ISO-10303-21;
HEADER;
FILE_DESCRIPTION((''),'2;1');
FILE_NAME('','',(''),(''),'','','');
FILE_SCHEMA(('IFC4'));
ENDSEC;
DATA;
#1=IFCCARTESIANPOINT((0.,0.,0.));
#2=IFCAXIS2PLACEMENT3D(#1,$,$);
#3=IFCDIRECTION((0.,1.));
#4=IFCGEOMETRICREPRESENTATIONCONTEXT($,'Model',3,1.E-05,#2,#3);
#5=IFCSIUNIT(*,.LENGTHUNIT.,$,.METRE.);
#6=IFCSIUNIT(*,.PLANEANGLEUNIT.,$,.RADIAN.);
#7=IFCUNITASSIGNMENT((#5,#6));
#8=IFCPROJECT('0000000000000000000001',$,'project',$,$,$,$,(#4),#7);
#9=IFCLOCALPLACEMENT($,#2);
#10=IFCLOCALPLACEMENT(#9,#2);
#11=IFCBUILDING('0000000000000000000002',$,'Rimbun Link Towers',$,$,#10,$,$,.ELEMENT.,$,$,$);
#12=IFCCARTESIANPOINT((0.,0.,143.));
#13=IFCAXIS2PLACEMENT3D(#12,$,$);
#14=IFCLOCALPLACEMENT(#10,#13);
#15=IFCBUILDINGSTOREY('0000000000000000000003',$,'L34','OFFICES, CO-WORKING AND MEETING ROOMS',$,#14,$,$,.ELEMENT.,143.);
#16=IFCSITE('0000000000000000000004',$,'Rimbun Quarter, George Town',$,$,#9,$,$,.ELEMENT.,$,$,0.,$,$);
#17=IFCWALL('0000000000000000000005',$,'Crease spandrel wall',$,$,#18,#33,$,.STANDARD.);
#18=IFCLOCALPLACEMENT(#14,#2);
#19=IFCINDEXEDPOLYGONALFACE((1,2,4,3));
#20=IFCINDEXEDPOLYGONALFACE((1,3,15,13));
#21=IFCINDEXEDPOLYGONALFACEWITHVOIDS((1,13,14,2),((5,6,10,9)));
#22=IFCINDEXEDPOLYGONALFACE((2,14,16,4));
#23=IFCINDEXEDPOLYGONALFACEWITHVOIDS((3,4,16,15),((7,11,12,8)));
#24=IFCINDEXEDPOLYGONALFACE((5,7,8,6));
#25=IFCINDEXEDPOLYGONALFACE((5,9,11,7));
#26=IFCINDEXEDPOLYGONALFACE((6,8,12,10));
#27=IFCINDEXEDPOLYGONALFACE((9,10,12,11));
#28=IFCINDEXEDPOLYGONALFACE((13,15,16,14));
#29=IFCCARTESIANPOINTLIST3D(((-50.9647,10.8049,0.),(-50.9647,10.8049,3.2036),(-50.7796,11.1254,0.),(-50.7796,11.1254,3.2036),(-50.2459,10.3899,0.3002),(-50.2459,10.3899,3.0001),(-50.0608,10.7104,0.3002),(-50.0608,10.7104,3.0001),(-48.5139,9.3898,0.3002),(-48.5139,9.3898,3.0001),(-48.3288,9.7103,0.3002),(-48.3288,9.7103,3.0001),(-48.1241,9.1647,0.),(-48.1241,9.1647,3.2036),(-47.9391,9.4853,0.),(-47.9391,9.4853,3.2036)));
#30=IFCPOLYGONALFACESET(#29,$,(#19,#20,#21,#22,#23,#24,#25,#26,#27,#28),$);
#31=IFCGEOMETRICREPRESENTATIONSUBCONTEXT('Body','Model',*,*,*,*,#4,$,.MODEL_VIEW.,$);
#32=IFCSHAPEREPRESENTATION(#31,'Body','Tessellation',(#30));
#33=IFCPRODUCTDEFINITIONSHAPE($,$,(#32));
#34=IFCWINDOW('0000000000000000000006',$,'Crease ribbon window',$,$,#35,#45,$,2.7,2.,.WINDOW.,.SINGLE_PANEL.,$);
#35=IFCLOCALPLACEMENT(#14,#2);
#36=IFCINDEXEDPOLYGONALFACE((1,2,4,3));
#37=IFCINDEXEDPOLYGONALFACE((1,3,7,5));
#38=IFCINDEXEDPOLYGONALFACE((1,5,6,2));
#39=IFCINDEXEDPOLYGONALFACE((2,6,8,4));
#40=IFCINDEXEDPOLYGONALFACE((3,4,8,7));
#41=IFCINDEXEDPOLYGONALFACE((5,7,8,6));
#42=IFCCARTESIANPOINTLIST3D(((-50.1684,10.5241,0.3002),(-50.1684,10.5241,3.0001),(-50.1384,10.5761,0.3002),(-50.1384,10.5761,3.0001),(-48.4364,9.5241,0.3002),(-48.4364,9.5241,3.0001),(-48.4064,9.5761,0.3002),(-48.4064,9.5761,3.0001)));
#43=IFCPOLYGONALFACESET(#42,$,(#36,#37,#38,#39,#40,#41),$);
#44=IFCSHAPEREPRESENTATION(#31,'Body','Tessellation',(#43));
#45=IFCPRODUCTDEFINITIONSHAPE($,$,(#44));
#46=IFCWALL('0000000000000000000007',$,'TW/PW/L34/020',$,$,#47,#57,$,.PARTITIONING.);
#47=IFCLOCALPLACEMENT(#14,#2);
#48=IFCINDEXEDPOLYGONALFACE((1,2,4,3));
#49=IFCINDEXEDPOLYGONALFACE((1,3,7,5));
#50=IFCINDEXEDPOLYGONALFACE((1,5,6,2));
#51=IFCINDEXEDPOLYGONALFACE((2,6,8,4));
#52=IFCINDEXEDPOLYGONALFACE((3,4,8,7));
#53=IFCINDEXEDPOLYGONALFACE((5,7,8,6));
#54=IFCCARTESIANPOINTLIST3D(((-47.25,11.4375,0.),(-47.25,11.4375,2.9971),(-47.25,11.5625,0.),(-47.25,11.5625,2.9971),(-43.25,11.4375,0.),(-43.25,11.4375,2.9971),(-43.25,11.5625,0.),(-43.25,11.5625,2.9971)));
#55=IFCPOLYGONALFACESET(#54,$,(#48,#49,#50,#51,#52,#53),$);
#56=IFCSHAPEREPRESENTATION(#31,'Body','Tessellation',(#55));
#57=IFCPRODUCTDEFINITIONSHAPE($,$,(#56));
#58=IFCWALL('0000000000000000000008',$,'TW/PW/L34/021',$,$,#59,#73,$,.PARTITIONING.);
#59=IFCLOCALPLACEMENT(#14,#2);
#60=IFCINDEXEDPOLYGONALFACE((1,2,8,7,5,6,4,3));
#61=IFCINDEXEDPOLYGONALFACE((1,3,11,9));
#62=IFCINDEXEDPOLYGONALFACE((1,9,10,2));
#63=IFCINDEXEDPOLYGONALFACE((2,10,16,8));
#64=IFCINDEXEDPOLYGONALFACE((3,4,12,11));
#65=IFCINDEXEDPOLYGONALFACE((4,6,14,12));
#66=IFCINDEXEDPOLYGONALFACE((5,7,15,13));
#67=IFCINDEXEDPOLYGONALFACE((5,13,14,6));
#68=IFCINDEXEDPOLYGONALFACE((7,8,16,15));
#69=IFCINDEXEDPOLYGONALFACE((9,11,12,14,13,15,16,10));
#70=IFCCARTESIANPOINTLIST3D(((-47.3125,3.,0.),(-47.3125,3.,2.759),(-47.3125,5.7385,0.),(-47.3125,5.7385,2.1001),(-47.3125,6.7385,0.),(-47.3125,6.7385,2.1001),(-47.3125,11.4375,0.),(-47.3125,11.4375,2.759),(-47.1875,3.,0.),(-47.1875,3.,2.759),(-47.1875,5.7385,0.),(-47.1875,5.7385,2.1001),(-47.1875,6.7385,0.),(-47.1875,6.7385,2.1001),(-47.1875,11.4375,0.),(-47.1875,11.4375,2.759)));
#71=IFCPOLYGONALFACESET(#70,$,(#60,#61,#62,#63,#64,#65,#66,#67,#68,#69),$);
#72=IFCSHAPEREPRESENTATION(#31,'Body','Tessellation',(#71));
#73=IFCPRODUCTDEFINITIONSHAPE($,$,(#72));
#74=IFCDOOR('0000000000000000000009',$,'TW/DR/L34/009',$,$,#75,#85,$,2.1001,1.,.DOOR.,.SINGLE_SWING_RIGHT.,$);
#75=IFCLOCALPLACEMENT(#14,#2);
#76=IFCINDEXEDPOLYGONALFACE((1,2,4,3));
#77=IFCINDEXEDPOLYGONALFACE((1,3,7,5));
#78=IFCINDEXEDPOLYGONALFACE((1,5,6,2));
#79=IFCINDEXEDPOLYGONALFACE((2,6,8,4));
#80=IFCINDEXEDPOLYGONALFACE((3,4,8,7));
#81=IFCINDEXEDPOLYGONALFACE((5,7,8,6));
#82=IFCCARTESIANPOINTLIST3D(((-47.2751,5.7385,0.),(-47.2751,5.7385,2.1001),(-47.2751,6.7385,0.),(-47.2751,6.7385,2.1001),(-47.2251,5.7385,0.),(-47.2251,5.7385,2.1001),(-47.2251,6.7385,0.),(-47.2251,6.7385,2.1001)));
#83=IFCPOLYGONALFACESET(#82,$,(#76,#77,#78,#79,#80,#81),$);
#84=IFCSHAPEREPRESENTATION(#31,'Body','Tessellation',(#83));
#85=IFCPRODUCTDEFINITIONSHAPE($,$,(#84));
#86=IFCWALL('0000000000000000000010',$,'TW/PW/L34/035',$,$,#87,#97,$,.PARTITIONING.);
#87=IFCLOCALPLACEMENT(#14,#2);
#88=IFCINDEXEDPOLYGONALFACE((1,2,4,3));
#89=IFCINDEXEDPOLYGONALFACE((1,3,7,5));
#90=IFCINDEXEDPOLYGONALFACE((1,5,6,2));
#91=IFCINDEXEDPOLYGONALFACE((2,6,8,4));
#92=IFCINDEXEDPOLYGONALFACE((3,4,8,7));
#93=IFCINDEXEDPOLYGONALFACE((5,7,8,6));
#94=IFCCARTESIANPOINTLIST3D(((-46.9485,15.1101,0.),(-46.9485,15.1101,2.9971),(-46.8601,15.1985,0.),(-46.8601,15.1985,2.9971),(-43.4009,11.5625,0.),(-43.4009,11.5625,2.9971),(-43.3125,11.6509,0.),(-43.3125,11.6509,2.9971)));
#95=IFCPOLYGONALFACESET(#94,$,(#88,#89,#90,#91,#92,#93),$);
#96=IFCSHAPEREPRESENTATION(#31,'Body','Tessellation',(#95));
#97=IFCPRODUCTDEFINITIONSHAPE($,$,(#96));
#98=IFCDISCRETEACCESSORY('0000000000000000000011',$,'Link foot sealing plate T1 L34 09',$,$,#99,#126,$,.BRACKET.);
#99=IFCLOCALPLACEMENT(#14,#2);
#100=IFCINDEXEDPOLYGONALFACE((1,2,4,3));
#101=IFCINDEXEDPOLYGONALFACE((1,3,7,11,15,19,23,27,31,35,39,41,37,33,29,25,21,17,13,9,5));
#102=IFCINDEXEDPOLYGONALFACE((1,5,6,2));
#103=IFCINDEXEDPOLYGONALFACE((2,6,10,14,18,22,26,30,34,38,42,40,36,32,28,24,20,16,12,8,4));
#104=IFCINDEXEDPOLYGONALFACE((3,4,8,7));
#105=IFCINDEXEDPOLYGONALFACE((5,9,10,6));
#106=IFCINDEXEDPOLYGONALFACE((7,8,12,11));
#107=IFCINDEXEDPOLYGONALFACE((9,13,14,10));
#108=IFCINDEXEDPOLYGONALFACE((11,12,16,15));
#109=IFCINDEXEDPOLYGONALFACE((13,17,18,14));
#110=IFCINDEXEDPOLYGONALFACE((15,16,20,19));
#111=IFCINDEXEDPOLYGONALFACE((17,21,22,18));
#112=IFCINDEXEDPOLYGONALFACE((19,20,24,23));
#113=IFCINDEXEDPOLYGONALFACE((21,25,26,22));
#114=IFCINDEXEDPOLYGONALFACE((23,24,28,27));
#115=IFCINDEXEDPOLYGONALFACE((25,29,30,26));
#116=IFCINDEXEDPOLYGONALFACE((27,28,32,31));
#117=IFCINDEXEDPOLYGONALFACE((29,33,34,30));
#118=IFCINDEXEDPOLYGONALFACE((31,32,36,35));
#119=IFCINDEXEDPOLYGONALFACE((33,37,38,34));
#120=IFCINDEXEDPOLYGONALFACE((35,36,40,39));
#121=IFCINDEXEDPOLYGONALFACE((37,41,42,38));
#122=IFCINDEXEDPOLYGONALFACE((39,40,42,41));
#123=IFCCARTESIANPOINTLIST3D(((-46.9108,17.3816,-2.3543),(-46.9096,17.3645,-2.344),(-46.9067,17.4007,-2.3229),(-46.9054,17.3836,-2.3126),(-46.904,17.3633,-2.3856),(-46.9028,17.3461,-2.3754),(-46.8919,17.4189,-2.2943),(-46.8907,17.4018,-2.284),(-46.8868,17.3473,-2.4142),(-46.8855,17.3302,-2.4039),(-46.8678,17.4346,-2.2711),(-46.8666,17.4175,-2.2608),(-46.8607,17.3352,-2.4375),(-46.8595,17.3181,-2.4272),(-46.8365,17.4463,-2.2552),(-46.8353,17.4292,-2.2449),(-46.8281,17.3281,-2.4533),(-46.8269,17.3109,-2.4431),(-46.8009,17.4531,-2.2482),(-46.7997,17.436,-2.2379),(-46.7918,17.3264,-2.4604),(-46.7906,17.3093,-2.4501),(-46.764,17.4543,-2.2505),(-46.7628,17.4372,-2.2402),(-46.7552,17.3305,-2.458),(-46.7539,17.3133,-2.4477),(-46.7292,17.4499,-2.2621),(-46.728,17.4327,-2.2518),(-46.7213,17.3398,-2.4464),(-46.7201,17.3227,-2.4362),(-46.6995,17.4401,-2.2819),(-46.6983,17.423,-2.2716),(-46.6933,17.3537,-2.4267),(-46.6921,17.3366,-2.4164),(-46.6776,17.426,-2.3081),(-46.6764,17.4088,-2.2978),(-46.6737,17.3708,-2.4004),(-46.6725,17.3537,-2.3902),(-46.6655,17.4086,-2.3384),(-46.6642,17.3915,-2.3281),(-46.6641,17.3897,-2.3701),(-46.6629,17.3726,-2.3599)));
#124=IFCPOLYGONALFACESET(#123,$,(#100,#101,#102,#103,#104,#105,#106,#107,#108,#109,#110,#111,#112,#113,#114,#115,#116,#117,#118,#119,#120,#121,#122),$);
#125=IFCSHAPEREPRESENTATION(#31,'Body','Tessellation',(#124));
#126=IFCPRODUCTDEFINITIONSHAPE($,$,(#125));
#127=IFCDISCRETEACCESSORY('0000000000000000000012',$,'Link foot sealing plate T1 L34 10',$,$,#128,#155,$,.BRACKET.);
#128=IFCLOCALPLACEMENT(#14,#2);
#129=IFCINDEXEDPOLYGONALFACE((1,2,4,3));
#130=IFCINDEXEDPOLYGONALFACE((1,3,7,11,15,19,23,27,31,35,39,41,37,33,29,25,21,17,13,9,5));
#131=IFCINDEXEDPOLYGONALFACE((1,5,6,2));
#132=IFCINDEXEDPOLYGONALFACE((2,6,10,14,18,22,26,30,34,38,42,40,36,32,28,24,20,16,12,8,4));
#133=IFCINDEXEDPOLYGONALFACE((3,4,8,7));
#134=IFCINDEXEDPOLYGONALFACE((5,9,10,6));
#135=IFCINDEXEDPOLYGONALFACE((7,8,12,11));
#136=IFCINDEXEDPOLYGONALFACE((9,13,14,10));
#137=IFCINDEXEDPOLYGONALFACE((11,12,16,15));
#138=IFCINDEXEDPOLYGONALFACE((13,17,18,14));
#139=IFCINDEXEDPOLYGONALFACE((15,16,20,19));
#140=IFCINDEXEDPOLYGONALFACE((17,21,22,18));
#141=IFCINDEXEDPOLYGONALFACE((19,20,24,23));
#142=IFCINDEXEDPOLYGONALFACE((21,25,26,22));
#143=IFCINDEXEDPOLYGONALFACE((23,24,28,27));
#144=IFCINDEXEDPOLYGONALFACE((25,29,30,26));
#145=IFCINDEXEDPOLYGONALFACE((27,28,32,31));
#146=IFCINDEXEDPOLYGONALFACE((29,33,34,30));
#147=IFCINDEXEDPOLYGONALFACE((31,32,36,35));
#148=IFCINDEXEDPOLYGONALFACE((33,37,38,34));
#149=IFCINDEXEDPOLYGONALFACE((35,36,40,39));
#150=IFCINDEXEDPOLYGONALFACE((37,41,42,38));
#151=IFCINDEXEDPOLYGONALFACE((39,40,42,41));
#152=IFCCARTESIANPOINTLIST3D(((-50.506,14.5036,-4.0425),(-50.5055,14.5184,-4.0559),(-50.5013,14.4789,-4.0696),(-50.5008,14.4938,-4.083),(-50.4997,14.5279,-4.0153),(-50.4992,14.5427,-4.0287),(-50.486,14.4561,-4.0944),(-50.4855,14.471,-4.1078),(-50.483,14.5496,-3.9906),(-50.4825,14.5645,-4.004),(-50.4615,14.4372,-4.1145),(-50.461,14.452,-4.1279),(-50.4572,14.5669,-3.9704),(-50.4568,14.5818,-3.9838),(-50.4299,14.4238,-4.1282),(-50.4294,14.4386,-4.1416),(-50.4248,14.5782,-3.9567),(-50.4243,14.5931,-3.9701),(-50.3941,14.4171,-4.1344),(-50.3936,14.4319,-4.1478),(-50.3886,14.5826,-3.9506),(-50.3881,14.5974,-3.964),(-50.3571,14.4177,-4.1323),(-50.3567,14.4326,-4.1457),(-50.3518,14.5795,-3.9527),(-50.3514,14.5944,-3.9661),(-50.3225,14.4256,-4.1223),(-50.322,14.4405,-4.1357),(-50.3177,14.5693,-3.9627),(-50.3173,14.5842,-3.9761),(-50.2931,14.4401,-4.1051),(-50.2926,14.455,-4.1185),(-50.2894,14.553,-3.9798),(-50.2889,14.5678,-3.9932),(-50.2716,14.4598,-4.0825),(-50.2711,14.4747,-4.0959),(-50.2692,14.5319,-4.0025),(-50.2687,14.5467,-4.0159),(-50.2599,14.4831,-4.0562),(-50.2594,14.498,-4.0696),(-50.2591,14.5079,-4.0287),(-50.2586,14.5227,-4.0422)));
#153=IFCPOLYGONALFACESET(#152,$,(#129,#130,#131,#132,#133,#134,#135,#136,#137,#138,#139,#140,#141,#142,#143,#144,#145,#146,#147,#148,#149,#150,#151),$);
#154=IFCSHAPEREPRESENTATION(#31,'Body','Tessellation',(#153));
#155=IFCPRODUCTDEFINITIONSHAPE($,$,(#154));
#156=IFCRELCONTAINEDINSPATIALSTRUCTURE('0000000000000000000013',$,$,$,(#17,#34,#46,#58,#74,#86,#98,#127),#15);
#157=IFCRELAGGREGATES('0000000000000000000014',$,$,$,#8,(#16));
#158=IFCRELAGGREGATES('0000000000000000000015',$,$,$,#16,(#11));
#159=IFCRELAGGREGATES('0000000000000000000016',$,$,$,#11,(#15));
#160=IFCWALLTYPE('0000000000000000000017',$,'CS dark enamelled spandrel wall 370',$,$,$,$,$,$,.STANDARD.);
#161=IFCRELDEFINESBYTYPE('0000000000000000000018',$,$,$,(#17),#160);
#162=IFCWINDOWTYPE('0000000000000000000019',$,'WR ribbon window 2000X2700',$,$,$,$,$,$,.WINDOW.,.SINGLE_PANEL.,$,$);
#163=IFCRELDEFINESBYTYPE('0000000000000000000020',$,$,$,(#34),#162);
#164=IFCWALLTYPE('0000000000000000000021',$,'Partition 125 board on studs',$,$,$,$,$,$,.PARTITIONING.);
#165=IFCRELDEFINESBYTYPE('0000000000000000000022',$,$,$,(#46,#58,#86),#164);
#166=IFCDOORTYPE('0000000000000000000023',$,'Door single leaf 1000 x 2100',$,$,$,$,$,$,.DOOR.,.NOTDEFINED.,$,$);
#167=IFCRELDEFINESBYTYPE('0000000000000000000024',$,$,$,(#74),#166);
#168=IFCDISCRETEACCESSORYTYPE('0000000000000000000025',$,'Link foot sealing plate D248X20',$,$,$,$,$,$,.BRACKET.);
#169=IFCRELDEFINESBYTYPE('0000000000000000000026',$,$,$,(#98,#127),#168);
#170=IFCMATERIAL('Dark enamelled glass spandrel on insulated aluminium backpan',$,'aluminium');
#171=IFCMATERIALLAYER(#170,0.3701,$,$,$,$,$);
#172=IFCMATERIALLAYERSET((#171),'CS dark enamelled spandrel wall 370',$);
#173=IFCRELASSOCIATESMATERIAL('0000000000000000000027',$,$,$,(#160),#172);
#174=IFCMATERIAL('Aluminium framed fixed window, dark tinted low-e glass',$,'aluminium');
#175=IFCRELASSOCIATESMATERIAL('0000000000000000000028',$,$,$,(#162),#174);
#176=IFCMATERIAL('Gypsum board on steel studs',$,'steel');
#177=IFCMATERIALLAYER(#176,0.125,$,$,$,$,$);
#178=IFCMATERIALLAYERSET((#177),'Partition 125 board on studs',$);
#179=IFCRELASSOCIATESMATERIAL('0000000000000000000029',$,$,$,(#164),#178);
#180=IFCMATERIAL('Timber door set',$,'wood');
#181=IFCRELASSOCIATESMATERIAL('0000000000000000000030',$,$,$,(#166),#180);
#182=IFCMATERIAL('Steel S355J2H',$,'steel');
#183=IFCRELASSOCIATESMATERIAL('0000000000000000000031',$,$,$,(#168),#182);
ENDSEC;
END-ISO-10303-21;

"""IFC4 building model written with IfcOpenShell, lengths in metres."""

from ifc_helpers import new_model, si_unit, direction, frame, frame_2d, origin, origin_2d, place, context, subcontext, project, spatial, rectangle, circle, extrude, material, layer, layer_set, material_profile, profile_set, type_object, element, fill, save


model = new_model("IFC4")

# Units and contexts
model_context = context("Model", 3, precision=1e-05, world=origin(), true_north=direction((0.0, 1.0)))
body_context = subcontext(model_context, "Body", "Model", "MODEL_VIEW")
ifc_project = project(units=[si_unit("LENGTHUNIT", "METRE"), si_unit("PLANEANGLEUNIT", "RADIAN")], contexts=[model_context])

# Site, building, storey
site_placement = place(None, origin())
site = spatial("IfcSite", under=ifc_project, at=site_placement, Name="Rimbun Quarter, George Town", CompositionType="ELEMENT", RefElevation=0.0)
building_placement = place(site_placement, origin())
building = spatial("IfcBuilding", under=site, at=building_placement, Name="Rimbun Link Towers", CompositionType="ELEMENT")
storey_placement = place(building_placement, frame((0.0, 0.0, 143.0)))
storey = spatial("IfcBuildingStorey", under=building, at=storey_placement, Name="L34", Description="OFFICES, CO-WORKING AND MEETING ROOMS", CompositionType="ELEMENT", Elevation=143.0)

# Wall, opening, window
ifc_material_1 = material(Name="Dark enamelled glass spandrel on insulated aluminium backpan", Category="aluminium")
ifc_layer_1 = layer(ifc_material_1, 0.3701)
ifc_layer_set_1 = layer_set([ifc_layer_1], Name="CS dark enamelled spandrel wall 370")
wall_type_1 = type_object("IfcWallType", Name="CS dark enamelled spandrel wall 370", PredefinedType="STANDARD", material=ifc_layer_set_1)
wall_1_placement = place(storey_placement, frame((-48.0315, 9.325, 0.0), z_axis=(0.0, 0.0, 1.0), x_axis=(-0.866008, 0.50003, 0.0)))
wall_1 = element("IfcWall", 1, at=wall_1_placement, inside=storey, type_object=wall_type_1, Name="Crease spandrel wall", PredefinedType="STANDARD", context=body_context, shape_type="SweptSolid", body=[
    extrude(rectangle(XDim=3.28, YDim=0.3701, at=frame_2d((1.6401, 0.0))), origin(), (0.0, 0.0, 1.0), 3.2036),
])
opening_1_placement = place(wall_1_placement, frame((0.4502, 0.0, 0.3)))
opening_1 = element("IfcOpeningElement", 2, at=opening_1_placement, cuts=wall_1, PredefinedType="OPENING", context=body_context, shape_type="SweptSolid", body=[
    extrude(rectangle(XDim=2.0, YDim=2.7, at=frame_2d((1.0, 1.3501))), frame((0.0, 0.1951, 0.0), z_axis=(0.0, -1.0, 0.0), x_axis=(1.0, 0.0, 0.0)), (0.0, 0.0, 1.0), 0.3901),
])
ifc_material_2 = material(Name="Aluminium framed fixed window, dark tinted low-e glass", Category="aluminium")
window_type = type_object("IfcWindowType", Name="WR ribbon window 2000X2700", PartitioningType="SINGLE_PANEL", PredefinedType="WINDOW", material=ifc_material_2)
window_placement = place(opening_1_placement, origin())
window = element("IfcWindow", 3, at=window_placement, inside=storey, type_object=window_type, Name="Crease ribbon window", OverallHeight=2.7, OverallWidth=2.0, PartitioningType="SINGLE_PANEL", PredefinedType="WINDOW", context=body_context, shape_type="SweptSolid", body=[
    extrude(rectangle(XDim=2.0, YDim=2.7, at=frame_2d((1.0, 1.3501))), frame((0.0, 0.03, 0.0), z_axis=(0.0, -1.0, 0.0), x_axis=(1.0, 0.0, 0.0)), (0.0, 0.0, 1.0), 0.0601),
])
fill(opening_1, window)

# Wall
ifc_material_3 = material(Name="Gypsum board on steel studs", Category="steel")
ifc_layer_2 = layer(ifc_material_3, 0.125)
ifc_layer_set_2 = layer_set([ifc_layer_2], Name="Partition 125 board on studs")
wall_type_2 = type_object("IfcWallType", Name="Partition 125 board on studs", PredefinedType="PARTITIONING", material=ifc_layer_set_2)
wall_2_placement = place(storey_placement, frame((-43.25, 11.5, 0.0), z_axis=(0.0, 0.0, 1.0), x_axis=(-1.0, 0.0, 0.0)))
element("IfcWall", 4, at=wall_2_placement, inside=storey, type_object=wall_type_2, Name="TW/PW/L34/020", PredefinedType="PARTITIONING", context=body_context, shape_type="SweptSolid", body=[
    extrude(rectangle(XDim=4.0, YDim=0.125, at=frame_2d((2.0, 0.0))), origin(), (0.0, 0.0, 1.0), 2.9971),
])

# Wall, opening, door
wall_3_placement = place(storey_placement, frame((-47.25, 11.4375, 0.0), z_axis=(0.0, 0.0, 1.0), x_axis=(0.0, -1.0, 0.0)))
wall_3 = element("IfcWall", 5, at=wall_3_placement, inside=storey, type_object=wall_type_2, Name="TW/PW/L34/021", PredefinedType="PARTITIONING", context=body_context, shape_type="SweptSolid", body=[
    extrude(rectangle(XDim=8.4375, YDim=0.125, at=frame_2d((4.2188, 0.0))), origin(), (0.0, 0.0, 1.0), 2.759),
])
opening_2_placement = place(wall_3_placement, frame((4.699, 0.0, 0.0)))
opening_2 = element("IfcOpeningElement", 6, at=opening_2_placement, cuts=wall_3, PredefinedType="OPENING", context=body_context, shape_type="SweptSolid", body=[
    extrude(rectangle(XDim=1.0, YDim=2.1001, at=frame_2d((0.5, 1.05))), frame((0.0, 0.0725, 0.0), z_axis=(0.0, -1.0, 0.0), x_axis=(1.0, 0.0, 0.0)), (0.0, 0.0, 1.0), 0.145),
])
ifc_material_4 = material(Name="Timber door set", Category="wood")
door_type = type_object("IfcDoorType", Name="Door single leaf 1000 x 2100", OperationType="NOTDEFINED", PredefinedType="DOOR", material=ifc_material_4)
door_placement = place(opening_2_placement, origin())
door = element("IfcDoor", 7, at=door_placement, inside=storey, type_object=door_type, Name="TW/DR/L34/009", OperationType="SINGLE_SWING_RIGHT", OverallHeight=2.1001, OverallWidth=1.0, PredefinedType="DOOR", context=body_context, shape_type="SweptSolid", body=[
    extrude(rectangle(XDim=1.0, YDim=2.1001, at=frame_2d((0.5, 1.05))), frame((0.0, 0.0249, 0.0), z_axis=(0.0, -1.0, 0.0), x_axis=(1.0, 0.0, 0.0)), (0.0, 0.0, 1.0), 0.05),
])
fill(opening_2, door)

# Wall
wall_4_placement = place(storey_placement, frame((-46.9043, 15.1543, 0.0), z_axis=(0.0, 0.0, 1.0), x_axis=(0.707107, -0.707107, 0.0)))
element("IfcWall", 8, at=wall_4_placement, inside=storey, type_object=wall_type_2, Name="TW/PW/L34/035", PredefinedType="PARTITIONING", context=body_context, shape_type="SweptSolid", body=[
    extrude(rectangle(XDim=5.0171, YDim=0.125, at=frame_2d((2.5085, 0.0))), origin(), (0.0, 0.0, 1.0), 2.9971),
])

# Discrete accessories
ifc_material_5 = material(Name="Steel S355J2H", Category="steel")
ifc_material_profile_1 = material_profile(ifc_material_5, circle(Radius=0.124, at=origin_2d()), Name="PL D248")
ifc_profile_set_1 = profile_set([ifc_material_profile_1], Name="Steel S355J2H")
discrete_accessory_type = type_object("IfcDiscreteAccessoryType", Name="Link foot sealing plate D248X20", PredefinedType="BRACKET", material=ifc_profile_set_1)
for number, where, z_axis, x_axis, name in (
    (9, (-46.7859, 17.3733, -2.344), (-0.061135, 0.855889, -0.513533), (-0.997459, -0.071247, 0.0), "Link foot sealing plate T1 L34 09"),
    (10, (-50.3821, 14.4995, -4.0425), (0.024343, 0.742468, -0.669439), (-0.999463, 0.032769, 0.0), "Link foot sealing plate T1 L34 10"),
):
    element("IfcDiscreteAccessory", number, at=place(storey_placement, frame(where, z_axis=z_axis, x_axis=x_axis)), inside=storey, type_object=discrete_accessory_type, Name=name, PredefinedType="BRACKET", context=body_context, shape_type="SweptSolid", body=[
        extrude(circle(Radius=0.124, at=origin_2d()), origin(), (0.0, 0.0, 1.0), 0.02),
    ])

save(model, "model.ifc")
